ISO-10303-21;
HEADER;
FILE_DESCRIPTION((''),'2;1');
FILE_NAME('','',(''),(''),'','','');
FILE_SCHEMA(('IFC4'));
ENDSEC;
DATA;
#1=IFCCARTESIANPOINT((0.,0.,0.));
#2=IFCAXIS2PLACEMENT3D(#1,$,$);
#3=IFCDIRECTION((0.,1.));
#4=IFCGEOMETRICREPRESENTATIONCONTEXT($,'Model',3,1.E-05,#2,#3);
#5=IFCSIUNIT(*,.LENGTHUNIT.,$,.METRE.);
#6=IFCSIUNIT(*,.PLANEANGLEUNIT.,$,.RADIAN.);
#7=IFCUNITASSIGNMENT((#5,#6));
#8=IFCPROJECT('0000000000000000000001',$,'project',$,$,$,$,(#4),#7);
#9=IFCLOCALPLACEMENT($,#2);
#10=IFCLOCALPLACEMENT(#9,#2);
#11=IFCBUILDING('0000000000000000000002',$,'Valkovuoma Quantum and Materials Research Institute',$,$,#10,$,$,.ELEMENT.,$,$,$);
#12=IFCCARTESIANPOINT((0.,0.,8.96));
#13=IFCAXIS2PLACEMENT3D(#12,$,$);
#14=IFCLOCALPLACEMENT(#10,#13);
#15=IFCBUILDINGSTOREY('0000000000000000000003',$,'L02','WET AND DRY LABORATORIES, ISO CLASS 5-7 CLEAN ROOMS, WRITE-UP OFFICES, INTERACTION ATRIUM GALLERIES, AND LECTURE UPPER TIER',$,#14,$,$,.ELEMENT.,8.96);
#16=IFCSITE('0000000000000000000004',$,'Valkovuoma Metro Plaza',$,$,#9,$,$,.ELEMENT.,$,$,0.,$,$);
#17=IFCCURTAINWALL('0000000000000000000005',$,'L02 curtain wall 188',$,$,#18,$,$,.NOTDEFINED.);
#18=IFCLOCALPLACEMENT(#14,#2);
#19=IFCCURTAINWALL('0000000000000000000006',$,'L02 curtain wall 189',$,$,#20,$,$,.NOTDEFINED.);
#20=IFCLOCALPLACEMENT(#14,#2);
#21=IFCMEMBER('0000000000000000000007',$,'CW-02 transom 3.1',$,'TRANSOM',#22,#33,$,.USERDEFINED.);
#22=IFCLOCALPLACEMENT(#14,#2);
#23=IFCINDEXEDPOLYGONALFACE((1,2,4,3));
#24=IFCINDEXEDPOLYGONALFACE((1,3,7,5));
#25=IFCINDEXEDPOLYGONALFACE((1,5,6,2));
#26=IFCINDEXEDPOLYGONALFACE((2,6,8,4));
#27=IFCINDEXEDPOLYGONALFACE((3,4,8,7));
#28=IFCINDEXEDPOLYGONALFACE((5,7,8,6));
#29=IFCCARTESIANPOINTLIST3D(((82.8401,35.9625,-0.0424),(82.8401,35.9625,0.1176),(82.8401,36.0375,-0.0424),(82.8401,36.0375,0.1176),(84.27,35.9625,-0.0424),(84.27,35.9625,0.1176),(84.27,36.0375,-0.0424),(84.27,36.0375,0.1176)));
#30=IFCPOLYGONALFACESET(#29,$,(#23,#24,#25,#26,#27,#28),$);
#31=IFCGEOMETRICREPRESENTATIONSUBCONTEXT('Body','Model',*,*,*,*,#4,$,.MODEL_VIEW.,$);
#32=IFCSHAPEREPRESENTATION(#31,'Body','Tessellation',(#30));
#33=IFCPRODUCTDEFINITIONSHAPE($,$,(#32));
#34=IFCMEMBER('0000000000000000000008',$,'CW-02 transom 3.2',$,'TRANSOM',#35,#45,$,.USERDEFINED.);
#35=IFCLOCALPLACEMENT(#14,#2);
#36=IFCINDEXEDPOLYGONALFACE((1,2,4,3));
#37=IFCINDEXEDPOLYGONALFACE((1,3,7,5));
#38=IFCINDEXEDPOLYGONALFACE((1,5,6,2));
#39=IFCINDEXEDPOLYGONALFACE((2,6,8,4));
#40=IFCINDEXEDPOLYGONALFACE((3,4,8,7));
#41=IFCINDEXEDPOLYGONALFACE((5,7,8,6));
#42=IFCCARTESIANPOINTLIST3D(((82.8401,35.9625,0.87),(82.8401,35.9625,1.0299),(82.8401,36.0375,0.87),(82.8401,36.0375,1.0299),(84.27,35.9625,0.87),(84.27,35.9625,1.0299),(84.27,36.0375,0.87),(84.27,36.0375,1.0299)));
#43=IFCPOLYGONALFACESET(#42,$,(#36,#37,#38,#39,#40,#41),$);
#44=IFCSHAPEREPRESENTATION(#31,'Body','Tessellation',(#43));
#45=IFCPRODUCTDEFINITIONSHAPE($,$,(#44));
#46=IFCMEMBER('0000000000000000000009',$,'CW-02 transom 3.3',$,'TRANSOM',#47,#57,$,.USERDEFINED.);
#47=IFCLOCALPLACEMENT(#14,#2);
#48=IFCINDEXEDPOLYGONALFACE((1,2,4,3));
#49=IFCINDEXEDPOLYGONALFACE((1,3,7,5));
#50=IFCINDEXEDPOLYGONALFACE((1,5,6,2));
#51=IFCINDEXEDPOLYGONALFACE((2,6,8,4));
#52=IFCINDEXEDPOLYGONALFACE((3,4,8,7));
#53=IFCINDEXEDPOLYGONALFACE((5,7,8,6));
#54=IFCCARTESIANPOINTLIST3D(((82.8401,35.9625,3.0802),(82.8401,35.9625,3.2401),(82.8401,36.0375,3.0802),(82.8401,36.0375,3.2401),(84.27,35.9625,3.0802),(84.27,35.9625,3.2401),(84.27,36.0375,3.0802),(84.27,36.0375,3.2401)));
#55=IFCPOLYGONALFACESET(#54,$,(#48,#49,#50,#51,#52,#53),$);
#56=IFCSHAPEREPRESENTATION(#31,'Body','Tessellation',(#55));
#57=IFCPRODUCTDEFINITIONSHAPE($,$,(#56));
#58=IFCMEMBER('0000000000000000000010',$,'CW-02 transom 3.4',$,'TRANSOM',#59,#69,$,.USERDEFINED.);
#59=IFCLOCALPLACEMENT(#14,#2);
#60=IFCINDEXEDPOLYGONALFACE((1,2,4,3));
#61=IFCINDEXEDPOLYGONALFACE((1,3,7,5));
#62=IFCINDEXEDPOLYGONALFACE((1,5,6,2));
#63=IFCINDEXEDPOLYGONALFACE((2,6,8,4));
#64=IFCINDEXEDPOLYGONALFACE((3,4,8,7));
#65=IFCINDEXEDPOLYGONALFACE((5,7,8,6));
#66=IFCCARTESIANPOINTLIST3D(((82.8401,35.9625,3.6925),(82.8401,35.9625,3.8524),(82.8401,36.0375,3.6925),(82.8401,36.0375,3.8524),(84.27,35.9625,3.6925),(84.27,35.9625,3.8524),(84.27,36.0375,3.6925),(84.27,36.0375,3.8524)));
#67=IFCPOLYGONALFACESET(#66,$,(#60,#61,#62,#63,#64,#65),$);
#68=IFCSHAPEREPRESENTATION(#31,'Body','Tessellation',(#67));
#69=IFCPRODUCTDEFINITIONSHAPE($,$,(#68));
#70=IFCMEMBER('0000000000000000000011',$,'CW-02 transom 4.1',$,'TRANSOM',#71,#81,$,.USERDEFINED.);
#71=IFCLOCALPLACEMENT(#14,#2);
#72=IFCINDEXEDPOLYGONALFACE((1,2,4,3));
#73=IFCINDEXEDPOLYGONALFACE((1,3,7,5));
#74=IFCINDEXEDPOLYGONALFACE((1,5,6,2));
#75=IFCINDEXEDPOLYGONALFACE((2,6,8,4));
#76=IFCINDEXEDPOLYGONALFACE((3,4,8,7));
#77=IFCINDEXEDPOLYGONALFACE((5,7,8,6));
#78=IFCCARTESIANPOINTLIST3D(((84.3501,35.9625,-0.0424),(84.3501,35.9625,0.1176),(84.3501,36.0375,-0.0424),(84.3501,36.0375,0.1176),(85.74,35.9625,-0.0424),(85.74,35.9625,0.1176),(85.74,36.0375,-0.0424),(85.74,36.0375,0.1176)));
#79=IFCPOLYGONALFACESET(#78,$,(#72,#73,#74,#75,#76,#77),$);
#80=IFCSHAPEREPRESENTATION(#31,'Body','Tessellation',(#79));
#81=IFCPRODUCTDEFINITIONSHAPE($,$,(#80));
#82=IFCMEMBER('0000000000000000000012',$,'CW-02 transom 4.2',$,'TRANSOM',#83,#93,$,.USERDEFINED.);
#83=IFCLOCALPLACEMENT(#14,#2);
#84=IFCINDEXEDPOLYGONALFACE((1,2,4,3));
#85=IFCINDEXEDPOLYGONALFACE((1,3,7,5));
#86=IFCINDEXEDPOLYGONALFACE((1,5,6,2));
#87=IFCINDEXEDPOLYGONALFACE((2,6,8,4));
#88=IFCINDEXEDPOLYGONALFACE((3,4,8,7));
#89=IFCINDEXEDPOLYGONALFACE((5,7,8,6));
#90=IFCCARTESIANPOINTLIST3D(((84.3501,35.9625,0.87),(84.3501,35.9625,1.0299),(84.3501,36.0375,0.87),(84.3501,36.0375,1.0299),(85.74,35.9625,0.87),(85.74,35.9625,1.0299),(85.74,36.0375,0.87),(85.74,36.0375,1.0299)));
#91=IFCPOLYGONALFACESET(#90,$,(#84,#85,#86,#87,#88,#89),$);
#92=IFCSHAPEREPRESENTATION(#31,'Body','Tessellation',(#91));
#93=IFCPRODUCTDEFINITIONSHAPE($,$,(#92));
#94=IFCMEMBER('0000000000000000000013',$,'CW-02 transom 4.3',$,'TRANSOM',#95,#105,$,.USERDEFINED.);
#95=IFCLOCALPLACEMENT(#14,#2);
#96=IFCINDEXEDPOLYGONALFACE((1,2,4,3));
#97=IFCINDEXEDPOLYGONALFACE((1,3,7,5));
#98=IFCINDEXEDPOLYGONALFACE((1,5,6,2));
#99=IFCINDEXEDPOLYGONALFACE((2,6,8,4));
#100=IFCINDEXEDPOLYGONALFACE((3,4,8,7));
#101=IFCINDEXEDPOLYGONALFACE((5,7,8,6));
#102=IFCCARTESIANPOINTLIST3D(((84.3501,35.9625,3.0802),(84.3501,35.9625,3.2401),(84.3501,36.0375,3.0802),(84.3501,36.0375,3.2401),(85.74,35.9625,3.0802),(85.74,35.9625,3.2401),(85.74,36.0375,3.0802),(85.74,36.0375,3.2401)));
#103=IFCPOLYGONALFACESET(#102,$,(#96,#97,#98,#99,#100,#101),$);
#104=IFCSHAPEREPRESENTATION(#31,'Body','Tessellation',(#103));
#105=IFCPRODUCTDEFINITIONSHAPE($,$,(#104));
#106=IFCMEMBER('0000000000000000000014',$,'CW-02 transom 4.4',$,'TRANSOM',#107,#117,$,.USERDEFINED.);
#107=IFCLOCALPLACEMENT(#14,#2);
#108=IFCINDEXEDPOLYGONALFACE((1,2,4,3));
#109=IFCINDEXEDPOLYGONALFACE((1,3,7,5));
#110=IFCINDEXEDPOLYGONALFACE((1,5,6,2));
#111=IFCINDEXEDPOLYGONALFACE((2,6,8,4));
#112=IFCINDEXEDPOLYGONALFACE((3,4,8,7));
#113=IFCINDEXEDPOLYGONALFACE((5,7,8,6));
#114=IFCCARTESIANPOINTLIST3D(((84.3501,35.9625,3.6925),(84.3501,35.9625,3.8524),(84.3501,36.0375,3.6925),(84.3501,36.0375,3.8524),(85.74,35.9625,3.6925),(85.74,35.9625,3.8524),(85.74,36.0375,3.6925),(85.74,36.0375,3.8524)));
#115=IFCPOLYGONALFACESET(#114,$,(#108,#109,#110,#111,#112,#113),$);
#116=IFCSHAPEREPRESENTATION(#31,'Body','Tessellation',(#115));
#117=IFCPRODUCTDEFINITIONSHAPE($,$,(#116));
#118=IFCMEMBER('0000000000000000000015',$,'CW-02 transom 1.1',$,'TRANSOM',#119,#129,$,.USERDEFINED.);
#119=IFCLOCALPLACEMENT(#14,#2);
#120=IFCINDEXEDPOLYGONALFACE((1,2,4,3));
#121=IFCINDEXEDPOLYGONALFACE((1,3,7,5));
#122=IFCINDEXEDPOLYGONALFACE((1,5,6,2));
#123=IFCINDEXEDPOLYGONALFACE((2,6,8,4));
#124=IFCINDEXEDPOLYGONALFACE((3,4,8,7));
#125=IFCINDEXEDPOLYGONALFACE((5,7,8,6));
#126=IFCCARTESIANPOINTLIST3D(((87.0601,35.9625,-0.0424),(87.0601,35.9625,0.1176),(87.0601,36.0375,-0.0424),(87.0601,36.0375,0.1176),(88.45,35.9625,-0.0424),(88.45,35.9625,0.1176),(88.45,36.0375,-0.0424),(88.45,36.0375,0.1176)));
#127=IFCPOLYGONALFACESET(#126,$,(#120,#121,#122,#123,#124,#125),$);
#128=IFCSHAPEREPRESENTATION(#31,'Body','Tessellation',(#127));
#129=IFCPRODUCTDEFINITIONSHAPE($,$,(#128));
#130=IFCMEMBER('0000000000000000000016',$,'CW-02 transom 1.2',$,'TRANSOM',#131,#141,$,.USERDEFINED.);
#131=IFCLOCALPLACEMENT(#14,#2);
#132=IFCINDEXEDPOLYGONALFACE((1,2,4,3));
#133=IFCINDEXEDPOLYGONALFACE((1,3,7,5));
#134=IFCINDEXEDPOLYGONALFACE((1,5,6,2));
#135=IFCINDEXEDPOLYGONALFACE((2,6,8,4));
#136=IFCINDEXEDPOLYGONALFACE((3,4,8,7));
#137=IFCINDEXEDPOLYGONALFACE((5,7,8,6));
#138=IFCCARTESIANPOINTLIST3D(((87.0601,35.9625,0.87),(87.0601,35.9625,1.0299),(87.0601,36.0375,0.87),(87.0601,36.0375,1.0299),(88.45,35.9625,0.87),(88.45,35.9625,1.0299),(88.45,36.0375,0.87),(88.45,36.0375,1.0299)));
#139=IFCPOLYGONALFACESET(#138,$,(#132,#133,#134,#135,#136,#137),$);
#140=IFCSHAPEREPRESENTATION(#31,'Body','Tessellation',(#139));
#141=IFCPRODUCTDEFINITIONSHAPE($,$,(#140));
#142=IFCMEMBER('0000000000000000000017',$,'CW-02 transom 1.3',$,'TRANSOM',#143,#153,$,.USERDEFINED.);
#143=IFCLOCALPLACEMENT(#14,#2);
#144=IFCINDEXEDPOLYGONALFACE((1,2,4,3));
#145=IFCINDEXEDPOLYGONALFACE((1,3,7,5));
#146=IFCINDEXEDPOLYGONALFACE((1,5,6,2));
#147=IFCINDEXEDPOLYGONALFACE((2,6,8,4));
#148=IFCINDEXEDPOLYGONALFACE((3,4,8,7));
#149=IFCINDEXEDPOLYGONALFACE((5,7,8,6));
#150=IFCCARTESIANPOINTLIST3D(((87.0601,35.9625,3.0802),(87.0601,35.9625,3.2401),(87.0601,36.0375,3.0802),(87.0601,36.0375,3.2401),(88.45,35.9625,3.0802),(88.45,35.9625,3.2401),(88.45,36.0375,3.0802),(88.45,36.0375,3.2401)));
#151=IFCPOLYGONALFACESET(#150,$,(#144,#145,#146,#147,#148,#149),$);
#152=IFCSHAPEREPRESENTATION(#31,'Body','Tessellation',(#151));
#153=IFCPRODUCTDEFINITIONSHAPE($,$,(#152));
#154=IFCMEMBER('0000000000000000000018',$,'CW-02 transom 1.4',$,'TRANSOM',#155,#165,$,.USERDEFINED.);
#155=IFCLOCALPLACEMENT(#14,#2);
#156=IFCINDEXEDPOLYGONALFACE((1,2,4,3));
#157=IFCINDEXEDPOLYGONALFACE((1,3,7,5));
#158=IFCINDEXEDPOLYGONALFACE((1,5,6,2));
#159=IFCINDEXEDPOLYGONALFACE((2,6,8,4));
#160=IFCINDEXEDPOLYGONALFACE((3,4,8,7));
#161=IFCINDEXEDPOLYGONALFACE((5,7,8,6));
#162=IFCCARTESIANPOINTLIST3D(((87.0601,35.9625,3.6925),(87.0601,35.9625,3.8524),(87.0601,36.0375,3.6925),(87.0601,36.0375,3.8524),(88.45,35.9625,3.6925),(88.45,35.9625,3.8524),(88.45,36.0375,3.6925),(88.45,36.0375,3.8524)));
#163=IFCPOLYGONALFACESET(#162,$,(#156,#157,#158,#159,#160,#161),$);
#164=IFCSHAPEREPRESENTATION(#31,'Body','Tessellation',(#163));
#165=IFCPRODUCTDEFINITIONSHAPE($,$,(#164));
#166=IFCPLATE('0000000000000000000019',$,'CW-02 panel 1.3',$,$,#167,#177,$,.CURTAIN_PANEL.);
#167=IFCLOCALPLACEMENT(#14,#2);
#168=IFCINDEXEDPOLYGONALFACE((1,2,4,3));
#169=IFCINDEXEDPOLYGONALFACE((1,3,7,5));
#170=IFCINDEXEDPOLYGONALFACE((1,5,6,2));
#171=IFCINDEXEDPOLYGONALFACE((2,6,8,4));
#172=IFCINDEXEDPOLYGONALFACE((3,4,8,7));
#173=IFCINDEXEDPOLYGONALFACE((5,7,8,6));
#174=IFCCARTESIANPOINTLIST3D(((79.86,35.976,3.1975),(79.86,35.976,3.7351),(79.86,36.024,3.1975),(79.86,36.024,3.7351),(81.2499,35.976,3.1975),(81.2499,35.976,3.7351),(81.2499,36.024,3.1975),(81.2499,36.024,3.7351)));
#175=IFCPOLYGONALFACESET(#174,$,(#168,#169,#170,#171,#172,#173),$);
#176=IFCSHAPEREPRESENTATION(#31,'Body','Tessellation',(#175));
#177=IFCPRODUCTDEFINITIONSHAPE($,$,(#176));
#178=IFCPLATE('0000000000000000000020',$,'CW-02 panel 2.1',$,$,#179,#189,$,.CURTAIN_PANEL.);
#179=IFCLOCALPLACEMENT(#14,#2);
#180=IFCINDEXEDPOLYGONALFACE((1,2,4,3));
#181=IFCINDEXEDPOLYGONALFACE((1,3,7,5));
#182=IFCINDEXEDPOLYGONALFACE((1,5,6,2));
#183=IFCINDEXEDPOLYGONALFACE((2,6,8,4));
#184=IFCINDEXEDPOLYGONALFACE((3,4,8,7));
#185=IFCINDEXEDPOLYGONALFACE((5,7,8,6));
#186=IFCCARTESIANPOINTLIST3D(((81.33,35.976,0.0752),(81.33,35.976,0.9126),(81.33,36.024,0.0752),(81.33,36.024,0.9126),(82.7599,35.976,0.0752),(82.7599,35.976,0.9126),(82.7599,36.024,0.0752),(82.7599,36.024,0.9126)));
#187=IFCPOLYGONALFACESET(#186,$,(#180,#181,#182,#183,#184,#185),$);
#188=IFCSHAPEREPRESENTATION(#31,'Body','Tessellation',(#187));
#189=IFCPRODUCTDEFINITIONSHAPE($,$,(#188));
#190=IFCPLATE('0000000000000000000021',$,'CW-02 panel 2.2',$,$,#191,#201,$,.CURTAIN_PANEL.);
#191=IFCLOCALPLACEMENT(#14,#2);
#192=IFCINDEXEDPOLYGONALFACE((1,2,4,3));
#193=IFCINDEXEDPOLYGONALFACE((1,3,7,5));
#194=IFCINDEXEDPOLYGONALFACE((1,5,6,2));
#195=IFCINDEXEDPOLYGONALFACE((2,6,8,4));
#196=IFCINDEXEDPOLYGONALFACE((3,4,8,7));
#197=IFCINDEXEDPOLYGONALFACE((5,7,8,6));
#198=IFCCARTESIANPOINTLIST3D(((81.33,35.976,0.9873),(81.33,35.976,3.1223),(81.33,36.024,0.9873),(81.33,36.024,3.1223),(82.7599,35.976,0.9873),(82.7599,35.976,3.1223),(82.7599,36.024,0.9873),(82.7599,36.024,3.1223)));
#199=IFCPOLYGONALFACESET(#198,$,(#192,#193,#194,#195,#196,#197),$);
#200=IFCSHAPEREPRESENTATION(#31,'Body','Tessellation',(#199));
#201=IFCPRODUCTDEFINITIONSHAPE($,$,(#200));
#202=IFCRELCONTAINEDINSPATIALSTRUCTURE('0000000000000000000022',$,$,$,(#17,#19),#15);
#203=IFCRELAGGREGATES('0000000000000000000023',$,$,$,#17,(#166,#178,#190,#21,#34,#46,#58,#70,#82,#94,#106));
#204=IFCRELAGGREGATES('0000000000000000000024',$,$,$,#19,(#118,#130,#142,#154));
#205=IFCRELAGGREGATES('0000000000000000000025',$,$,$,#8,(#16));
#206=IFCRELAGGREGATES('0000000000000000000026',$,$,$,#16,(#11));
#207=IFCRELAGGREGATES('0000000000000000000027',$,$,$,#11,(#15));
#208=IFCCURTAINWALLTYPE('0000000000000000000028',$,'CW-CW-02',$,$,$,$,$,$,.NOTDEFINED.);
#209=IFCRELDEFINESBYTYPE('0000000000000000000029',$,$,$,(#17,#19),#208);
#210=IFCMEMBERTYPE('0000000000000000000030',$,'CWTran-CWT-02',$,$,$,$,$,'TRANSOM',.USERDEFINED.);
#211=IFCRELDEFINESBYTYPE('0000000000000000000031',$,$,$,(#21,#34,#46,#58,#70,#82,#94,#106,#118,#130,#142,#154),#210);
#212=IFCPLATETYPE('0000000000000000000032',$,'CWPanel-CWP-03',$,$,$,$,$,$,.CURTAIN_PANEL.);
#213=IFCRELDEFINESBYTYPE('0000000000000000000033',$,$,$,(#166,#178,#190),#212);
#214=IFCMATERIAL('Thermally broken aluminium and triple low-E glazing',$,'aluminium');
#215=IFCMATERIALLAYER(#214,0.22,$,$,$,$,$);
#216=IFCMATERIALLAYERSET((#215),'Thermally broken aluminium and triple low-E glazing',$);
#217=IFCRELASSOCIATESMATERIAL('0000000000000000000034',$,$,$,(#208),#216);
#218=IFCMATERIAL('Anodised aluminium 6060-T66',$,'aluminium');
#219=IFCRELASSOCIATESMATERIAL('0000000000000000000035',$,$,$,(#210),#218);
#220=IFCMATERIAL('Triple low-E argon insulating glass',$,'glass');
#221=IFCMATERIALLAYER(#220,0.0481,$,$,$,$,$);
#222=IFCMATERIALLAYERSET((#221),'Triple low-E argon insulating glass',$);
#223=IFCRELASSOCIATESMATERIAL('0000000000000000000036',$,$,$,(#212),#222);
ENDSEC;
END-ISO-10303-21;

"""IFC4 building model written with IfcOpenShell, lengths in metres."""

from ifc_helpers import new_model, si_unit, direction, frame, origin, origin_2d, place, context, subcontext, project, spatial, rectangle, extrude, material, layer, layer_set, material_profile, profile_set, type_object, element, aggregate, save


model = new_model("IFC4")

# Units and contexts
model_context = context("Model", 3, precision=1e-05, world=origin(), true_north=direction((0.0, 1.0)))
body_context = subcontext(model_context, "Body", "Model", "MODEL_VIEW")
ifc_project = project(units=[si_unit("LENGTHUNIT", "METRE"), si_unit("PLANEANGLEUNIT", "RADIAN")], contexts=[model_context])

# Site, building, storey
site_placement = place(None, origin())
site = spatial("IfcSite", under=ifc_project, at=site_placement, Name="Valkovuoma Metro Plaza", CompositionType="ELEMENT", RefElevation=0.0)
building_placement = place(site_placement, origin())
building = spatial("IfcBuilding", under=site, at=building_placement, Name="Valkovuoma Quantum and Materials Research Institute", CompositionType="ELEMENT")
storey_placement = place(building_placement, frame((0.0, 0.0, 8.96)))
storey = spatial("IfcBuildingStorey", under=building, at=storey_placement, Name="L02", Description="WET AND DRY LABORATORIES, ISO CLASS 5-7 CLEAN ROOMS, WRITE-UP OFFICES, INTERACTION ATRIUM GALLERIES, AND LECTURE UPPER TIER", CompositionType="ELEMENT", Elevation=8.96)

# Curtain wall
ifc_material_1 = material(Name="Thermally broken aluminium and triple low-E glazing", Category="aluminium")
ifc_layer_1 = layer(ifc_material_1, 0.22)
ifc_layer_set_1 = layer_set([ifc_layer_1], Name="Thermally broken aluminium and triple low-E glazing")
curtain_wall_type = type_object("IfcCurtainWallType", Name="CW-CW-02", PredefinedType="NOTDEFINED", material=ifc_layer_set_1)
curtain_wall_1_placement = place(storey_placement, origin())
curtain_wall_1 = element("IfcCurtainWall", 1, at=curtain_wall_1_placement, inside=storey, type_object=curtain_wall_type, Name="L02 curtain wall 188", PredefinedType="NOTDEFINED")

# Curtain wall
curtain_wall_2_placement = place(storey_placement, origin())
curtain_wall_2 = element("IfcCurtainWall", 2, at=curtain_wall_2_placement, inside=storey, type_object=curtain_wall_type, Name="L02 curtain wall 189", PredefinedType="NOTDEFINED")

# Members
ifc_material_2 = material(Name="Anodised aluminium 6060-T66", Category="aluminium")
ifc_material_profile_1 = material_profile(ifc_material_2, rectangle(XDim=0.075, YDim=0.1599, at=origin_2d()), Name="Anodised aluminium 6060-T66")
ifc_profile_set_1 = profile_set([ifc_material_profile_1], Name="Anodised aluminium 6060-T66")
member_type_1 = type_object("IfcMemberType", Name="CWTran-CWT-02", ElementType="TRANSOM", PredefinedType="USERDEFINED", material=ifc_profile_set_1)
member_1_placement = place(storey_placement, frame((82.8401, 36.0, 0.0376), z_axis=(1.0, 0.0, 0.0), x_axis=(0.0, 1.0, 0.0)))
member_1 = element("IfcMember", 3, at=member_1_placement, type_object=member_type_1, Name="CW-02 transom 3.1", ObjectType="TRANSOM", PredefinedType="USERDEFINED", context=body_context, shape_type="SweptSolid", body=[
    extrude(rectangle(XDim=0.075, YDim=0.1599, at=origin_2d()), origin(), (0.0, 0.0, 1.0), 1.4299),
])
member_2_placement = place(storey_placement, frame((82.8401, 36.0, 0.95), z_axis=(1.0, 0.0, 0.0), x_axis=(0.0, 1.0, 0.0)))
member_2 = element("IfcMember", 4, at=member_2_placement, type_object=member_type_1, Name="CW-02 transom 3.2", ObjectType="TRANSOM", PredefinedType="USERDEFINED", context=body_context, shape_type="SweptSolid", body=[
    extrude(rectangle(XDim=0.075, YDim=0.1599, at=origin_2d()), origin(), (0.0, 0.0, 1.0), 1.4299),
])
member_3_placement = place(storey_placement, frame((82.8401, 36.0, 3.1602), z_axis=(1.0, 0.0, 0.0), x_axis=(0.0, 1.0, 0.0)))
member_3 = element("IfcMember", 5, at=member_3_placement, type_object=member_type_1, Name="CW-02 transom 3.3", ObjectType="TRANSOM", PredefinedType="USERDEFINED", context=body_context, shape_type="SweptSolid", body=[
    extrude(rectangle(XDim=0.075, YDim=0.1599, at=origin_2d()), origin(), (0.0, 0.0, 1.0), 1.4299),
])
member_4_placement = place(storey_placement, frame((82.8401, 36.0, 3.7725), z_axis=(1.0, 0.0, 0.0), x_axis=(0.0, 1.0, 0.0)))
member_4 = element("IfcMember", 6, at=member_4_placement, type_object=member_type_1, Name="CW-02 transom 3.4", ObjectType="TRANSOM", PredefinedType="USERDEFINED", context=body_context, shape_type="SweptSolid", body=[
    extrude(rectangle(XDim=0.075, YDim=0.1599, at=origin_2d()), origin(), (0.0, 0.0, 1.0), 1.4299),
])
member_5_placement = place(storey_placement, frame((84.3501, 36.0, 0.0376), z_axis=(1.0, 0.0, 0.0), x_axis=(0.0, 1.0, 0.0)))
member_5 = element("IfcMember", 7, at=member_5_placement, type_object=member_type_1, Name="CW-02 transom 4.1", ObjectType="TRANSOM", PredefinedType="USERDEFINED", context=body_context, shape_type="SweptSolid", body=[
    extrude(rectangle(XDim=0.075, YDim=0.1599, at=origin_2d()), origin(), (0.0, 0.0, 1.0), 1.3899),
])
member_6_placement = place(storey_placement, frame((84.3501, 36.0, 0.95), z_axis=(1.0, 0.0, 0.0), x_axis=(0.0, 1.0, 0.0)))
member_6 = element("IfcMember", 8, at=member_6_placement, type_object=member_type_1, Name="CW-02 transom 4.2", ObjectType="TRANSOM", PredefinedType="USERDEFINED", context=body_context, shape_type="SweptSolid", body=[
    extrude(rectangle(XDim=0.075, YDim=0.1599, at=origin_2d()), origin(), (0.0, 0.0, 1.0), 1.3899),
])
member_7_placement = place(storey_placement, frame((84.3501, 36.0, 3.1602), z_axis=(1.0, 0.0, 0.0), x_axis=(0.0, 1.0, 0.0)))
member_7 = element("IfcMember", 9, at=member_7_placement, type_object=member_type_1, Name="CW-02 transom 4.3", ObjectType="TRANSOM", PredefinedType="USERDEFINED", context=body_context, shape_type="SweptSolid", body=[
    extrude(rectangle(XDim=0.075, YDim=0.1599, at=origin_2d()), origin(), (0.0, 0.0, 1.0), 1.3899),
])
member_8_placement = place(storey_placement, frame((84.3501, 36.0, 3.7725), z_axis=(1.0, 0.0, 0.0), x_axis=(0.0, 1.0, 0.0)))
member_8 = element("IfcMember", 10, at=member_8_placement, type_object=member_type_1, Name="CW-02 transom 4.4", ObjectType="TRANSOM", PredefinedType="USERDEFINED", context=body_context, shape_type="SweptSolid", body=[
    extrude(rectangle(XDim=0.075, YDim=0.1599, at=origin_2d()), origin(), (0.0, 0.0, 1.0), 1.3899),
])
member_9_placement = place(storey_placement, frame((87.0601, 36.0, 0.0376), z_axis=(1.0, 0.0, 0.0), x_axis=(0.0, 1.0, 0.0)))
member_9 = element("IfcMember", 11, at=member_9_placement, type_object=member_type_1, Name="CW-02 transom 1.1", ObjectType="TRANSOM", PredefinedType="USERDEFINED", context=body_context, shape_type="SweptSolid", body=[
    extrude(rectangle(XDim=0.075, YDim=0.1599, at=origin_2d()), origin(), (0.0, 0.0, 1.0), 1.3899),
])
member_10_placement = place(storey_placement, frame((87.0601, 36.0, 0.95), z_axis=(1.0, 0.0, 0.0), x_axis=(0.0, 1.0, 0.0)))
member_10 = element("IfcMember", 12, at=member_10_placement, type_object=member_type_1, Name="CW-02 transom 1.2", ObjectType="TRANSOM", PredefinedType="USERDEFINED", context=body_context, shape_type="SweptSolid", body=[
    extrude(rectangle(XDim=0.075, YDim=0.1599, at=origin_2d()), origin(), (0.0, 0.0, 1.0), 1.3899),
])
member_11_placement = place(storey_placement, frame((87.0601, 36.0, 3.1602), z_axis=(1.0, 0.0, 0.0), x_axis=(0.0, 1.0, 0.0)))
member_11 = element("IfcMember", 13, at=member_11_placement, type_object=member_type_1, Name="CW-02 transom 1.3", ObjectType="TRANSOM", PredefinedType="USERDEFINED", context=body_context, shape_type="SweptSolid", body=[
    extrude(rectangle(XDim=0.075, YDim=0.1599, at=origin_2d()), origin(), (0.0, 0.0, 1.0), 1.3899),
])
member_12_placement = place(storey_placement, frame((87.0601, 36.0, 3.7725), z_axis=(1.0, 0.0, 0.0), x_axis=(0.0, 1.0, 0.0)))
member_12 = element("IfcMember", 14, at=member_12_placement, type_object=member_type_1, Name="CW-02 transom 1.4", ObjectType="TRANSOM", PredefinedType="USERDEFINED", context=body_context, shape_type="SweptSolid", body=[
    extrude(rectangle(XDim=0.075, YDim=0.1599, at=origin_2d()), origin(), (0.0, 0.0, 1.0), 1.3899),
])

# Plates
ifc_material_3 = material(Name="Triple low-E argon insulating glass", Category="glass")
ifc_layer_2 = layer(ifc_material_3, 0.0481)
ifc_layer_set_2 = layer_set([ifc_layer_2], Name="Triple low-E argon insulating glass")
plate_type_1 = type_object("IfcPlateType", Name="CWPanel-CWP-03", PredefinedType="CURTAIN_PANEL", material=ifc_layer_set_2)
plate_1_placement = place(storey_placement, frame((80.5549, 36.0, 3.1975), z_axis=(0.0, 0.0, 1.0), x_axis=(1.0, 0.0, 0.0)))
plate_1 = element("IfcPlate", 15, at=plate_1_placement, type_object=plate_type_1, Name="CW-02 panel 1.3", PredefinedType="CURTAIN_PANEL", context=body_context, shape_type="SweptSolid", body=[
    extrude(rectangle(XDim=1.3899, YDim=0.0481, at=origin_2d()), origin(), (0.0, 0.0, 1.0), 0.5376),
])
plate_2_placement = place(storey_placement, frame((82.0449, 36.0, 0.0752), z_axis=(0.0, 0.0, 1.0), x_axis=(1.0, 0.0, 0.0)))
plate_2 = element("IfcPlate", 16, at=plate_2_placement, type_object=plate_type_1, Name="CW-02 panel 2.1", PredefinedType="CURTAIN_PANEL", context=body_context, shape_type="SweptSolid", body=[
    extrude(rectangle(XDim=1.4299, YDim=0.0481, at=origin_2d()), origin(), (0.0, 0.0, 1.0), 0.8374),
])
plate_3_placement = place(storey_placement, frame((82.0449, 36.0, 0.9873), z_axis=(0.0, 0.0, 1.0), x_axis=(1.0, 0.0, 0.0)))
plate_3 = element("IfcPlate", 17, at=plate_3_placement, type_object=plate_type_1, Name="CW-02 panel 2.2", PredefinedType="CURTAIN_PANEL", context=body_context, shape_type="SweptSolid", body=[
    extrude(rectangle(XDim=1.4299, YDim=0.0481, at=origin_2d()), origin(), (0.0, 0.0, 1.0), 2.135),
])
aggregate(curtain_wall_1, [plate_1, plate_2, plate_3, member_1, member_2, member_3, member_4, member_5, member_6, member_7, member_8])
aggregate(curtain_wall_2, [member_9, member_10, member_11, member_12])

save(model, "model.ifc")
